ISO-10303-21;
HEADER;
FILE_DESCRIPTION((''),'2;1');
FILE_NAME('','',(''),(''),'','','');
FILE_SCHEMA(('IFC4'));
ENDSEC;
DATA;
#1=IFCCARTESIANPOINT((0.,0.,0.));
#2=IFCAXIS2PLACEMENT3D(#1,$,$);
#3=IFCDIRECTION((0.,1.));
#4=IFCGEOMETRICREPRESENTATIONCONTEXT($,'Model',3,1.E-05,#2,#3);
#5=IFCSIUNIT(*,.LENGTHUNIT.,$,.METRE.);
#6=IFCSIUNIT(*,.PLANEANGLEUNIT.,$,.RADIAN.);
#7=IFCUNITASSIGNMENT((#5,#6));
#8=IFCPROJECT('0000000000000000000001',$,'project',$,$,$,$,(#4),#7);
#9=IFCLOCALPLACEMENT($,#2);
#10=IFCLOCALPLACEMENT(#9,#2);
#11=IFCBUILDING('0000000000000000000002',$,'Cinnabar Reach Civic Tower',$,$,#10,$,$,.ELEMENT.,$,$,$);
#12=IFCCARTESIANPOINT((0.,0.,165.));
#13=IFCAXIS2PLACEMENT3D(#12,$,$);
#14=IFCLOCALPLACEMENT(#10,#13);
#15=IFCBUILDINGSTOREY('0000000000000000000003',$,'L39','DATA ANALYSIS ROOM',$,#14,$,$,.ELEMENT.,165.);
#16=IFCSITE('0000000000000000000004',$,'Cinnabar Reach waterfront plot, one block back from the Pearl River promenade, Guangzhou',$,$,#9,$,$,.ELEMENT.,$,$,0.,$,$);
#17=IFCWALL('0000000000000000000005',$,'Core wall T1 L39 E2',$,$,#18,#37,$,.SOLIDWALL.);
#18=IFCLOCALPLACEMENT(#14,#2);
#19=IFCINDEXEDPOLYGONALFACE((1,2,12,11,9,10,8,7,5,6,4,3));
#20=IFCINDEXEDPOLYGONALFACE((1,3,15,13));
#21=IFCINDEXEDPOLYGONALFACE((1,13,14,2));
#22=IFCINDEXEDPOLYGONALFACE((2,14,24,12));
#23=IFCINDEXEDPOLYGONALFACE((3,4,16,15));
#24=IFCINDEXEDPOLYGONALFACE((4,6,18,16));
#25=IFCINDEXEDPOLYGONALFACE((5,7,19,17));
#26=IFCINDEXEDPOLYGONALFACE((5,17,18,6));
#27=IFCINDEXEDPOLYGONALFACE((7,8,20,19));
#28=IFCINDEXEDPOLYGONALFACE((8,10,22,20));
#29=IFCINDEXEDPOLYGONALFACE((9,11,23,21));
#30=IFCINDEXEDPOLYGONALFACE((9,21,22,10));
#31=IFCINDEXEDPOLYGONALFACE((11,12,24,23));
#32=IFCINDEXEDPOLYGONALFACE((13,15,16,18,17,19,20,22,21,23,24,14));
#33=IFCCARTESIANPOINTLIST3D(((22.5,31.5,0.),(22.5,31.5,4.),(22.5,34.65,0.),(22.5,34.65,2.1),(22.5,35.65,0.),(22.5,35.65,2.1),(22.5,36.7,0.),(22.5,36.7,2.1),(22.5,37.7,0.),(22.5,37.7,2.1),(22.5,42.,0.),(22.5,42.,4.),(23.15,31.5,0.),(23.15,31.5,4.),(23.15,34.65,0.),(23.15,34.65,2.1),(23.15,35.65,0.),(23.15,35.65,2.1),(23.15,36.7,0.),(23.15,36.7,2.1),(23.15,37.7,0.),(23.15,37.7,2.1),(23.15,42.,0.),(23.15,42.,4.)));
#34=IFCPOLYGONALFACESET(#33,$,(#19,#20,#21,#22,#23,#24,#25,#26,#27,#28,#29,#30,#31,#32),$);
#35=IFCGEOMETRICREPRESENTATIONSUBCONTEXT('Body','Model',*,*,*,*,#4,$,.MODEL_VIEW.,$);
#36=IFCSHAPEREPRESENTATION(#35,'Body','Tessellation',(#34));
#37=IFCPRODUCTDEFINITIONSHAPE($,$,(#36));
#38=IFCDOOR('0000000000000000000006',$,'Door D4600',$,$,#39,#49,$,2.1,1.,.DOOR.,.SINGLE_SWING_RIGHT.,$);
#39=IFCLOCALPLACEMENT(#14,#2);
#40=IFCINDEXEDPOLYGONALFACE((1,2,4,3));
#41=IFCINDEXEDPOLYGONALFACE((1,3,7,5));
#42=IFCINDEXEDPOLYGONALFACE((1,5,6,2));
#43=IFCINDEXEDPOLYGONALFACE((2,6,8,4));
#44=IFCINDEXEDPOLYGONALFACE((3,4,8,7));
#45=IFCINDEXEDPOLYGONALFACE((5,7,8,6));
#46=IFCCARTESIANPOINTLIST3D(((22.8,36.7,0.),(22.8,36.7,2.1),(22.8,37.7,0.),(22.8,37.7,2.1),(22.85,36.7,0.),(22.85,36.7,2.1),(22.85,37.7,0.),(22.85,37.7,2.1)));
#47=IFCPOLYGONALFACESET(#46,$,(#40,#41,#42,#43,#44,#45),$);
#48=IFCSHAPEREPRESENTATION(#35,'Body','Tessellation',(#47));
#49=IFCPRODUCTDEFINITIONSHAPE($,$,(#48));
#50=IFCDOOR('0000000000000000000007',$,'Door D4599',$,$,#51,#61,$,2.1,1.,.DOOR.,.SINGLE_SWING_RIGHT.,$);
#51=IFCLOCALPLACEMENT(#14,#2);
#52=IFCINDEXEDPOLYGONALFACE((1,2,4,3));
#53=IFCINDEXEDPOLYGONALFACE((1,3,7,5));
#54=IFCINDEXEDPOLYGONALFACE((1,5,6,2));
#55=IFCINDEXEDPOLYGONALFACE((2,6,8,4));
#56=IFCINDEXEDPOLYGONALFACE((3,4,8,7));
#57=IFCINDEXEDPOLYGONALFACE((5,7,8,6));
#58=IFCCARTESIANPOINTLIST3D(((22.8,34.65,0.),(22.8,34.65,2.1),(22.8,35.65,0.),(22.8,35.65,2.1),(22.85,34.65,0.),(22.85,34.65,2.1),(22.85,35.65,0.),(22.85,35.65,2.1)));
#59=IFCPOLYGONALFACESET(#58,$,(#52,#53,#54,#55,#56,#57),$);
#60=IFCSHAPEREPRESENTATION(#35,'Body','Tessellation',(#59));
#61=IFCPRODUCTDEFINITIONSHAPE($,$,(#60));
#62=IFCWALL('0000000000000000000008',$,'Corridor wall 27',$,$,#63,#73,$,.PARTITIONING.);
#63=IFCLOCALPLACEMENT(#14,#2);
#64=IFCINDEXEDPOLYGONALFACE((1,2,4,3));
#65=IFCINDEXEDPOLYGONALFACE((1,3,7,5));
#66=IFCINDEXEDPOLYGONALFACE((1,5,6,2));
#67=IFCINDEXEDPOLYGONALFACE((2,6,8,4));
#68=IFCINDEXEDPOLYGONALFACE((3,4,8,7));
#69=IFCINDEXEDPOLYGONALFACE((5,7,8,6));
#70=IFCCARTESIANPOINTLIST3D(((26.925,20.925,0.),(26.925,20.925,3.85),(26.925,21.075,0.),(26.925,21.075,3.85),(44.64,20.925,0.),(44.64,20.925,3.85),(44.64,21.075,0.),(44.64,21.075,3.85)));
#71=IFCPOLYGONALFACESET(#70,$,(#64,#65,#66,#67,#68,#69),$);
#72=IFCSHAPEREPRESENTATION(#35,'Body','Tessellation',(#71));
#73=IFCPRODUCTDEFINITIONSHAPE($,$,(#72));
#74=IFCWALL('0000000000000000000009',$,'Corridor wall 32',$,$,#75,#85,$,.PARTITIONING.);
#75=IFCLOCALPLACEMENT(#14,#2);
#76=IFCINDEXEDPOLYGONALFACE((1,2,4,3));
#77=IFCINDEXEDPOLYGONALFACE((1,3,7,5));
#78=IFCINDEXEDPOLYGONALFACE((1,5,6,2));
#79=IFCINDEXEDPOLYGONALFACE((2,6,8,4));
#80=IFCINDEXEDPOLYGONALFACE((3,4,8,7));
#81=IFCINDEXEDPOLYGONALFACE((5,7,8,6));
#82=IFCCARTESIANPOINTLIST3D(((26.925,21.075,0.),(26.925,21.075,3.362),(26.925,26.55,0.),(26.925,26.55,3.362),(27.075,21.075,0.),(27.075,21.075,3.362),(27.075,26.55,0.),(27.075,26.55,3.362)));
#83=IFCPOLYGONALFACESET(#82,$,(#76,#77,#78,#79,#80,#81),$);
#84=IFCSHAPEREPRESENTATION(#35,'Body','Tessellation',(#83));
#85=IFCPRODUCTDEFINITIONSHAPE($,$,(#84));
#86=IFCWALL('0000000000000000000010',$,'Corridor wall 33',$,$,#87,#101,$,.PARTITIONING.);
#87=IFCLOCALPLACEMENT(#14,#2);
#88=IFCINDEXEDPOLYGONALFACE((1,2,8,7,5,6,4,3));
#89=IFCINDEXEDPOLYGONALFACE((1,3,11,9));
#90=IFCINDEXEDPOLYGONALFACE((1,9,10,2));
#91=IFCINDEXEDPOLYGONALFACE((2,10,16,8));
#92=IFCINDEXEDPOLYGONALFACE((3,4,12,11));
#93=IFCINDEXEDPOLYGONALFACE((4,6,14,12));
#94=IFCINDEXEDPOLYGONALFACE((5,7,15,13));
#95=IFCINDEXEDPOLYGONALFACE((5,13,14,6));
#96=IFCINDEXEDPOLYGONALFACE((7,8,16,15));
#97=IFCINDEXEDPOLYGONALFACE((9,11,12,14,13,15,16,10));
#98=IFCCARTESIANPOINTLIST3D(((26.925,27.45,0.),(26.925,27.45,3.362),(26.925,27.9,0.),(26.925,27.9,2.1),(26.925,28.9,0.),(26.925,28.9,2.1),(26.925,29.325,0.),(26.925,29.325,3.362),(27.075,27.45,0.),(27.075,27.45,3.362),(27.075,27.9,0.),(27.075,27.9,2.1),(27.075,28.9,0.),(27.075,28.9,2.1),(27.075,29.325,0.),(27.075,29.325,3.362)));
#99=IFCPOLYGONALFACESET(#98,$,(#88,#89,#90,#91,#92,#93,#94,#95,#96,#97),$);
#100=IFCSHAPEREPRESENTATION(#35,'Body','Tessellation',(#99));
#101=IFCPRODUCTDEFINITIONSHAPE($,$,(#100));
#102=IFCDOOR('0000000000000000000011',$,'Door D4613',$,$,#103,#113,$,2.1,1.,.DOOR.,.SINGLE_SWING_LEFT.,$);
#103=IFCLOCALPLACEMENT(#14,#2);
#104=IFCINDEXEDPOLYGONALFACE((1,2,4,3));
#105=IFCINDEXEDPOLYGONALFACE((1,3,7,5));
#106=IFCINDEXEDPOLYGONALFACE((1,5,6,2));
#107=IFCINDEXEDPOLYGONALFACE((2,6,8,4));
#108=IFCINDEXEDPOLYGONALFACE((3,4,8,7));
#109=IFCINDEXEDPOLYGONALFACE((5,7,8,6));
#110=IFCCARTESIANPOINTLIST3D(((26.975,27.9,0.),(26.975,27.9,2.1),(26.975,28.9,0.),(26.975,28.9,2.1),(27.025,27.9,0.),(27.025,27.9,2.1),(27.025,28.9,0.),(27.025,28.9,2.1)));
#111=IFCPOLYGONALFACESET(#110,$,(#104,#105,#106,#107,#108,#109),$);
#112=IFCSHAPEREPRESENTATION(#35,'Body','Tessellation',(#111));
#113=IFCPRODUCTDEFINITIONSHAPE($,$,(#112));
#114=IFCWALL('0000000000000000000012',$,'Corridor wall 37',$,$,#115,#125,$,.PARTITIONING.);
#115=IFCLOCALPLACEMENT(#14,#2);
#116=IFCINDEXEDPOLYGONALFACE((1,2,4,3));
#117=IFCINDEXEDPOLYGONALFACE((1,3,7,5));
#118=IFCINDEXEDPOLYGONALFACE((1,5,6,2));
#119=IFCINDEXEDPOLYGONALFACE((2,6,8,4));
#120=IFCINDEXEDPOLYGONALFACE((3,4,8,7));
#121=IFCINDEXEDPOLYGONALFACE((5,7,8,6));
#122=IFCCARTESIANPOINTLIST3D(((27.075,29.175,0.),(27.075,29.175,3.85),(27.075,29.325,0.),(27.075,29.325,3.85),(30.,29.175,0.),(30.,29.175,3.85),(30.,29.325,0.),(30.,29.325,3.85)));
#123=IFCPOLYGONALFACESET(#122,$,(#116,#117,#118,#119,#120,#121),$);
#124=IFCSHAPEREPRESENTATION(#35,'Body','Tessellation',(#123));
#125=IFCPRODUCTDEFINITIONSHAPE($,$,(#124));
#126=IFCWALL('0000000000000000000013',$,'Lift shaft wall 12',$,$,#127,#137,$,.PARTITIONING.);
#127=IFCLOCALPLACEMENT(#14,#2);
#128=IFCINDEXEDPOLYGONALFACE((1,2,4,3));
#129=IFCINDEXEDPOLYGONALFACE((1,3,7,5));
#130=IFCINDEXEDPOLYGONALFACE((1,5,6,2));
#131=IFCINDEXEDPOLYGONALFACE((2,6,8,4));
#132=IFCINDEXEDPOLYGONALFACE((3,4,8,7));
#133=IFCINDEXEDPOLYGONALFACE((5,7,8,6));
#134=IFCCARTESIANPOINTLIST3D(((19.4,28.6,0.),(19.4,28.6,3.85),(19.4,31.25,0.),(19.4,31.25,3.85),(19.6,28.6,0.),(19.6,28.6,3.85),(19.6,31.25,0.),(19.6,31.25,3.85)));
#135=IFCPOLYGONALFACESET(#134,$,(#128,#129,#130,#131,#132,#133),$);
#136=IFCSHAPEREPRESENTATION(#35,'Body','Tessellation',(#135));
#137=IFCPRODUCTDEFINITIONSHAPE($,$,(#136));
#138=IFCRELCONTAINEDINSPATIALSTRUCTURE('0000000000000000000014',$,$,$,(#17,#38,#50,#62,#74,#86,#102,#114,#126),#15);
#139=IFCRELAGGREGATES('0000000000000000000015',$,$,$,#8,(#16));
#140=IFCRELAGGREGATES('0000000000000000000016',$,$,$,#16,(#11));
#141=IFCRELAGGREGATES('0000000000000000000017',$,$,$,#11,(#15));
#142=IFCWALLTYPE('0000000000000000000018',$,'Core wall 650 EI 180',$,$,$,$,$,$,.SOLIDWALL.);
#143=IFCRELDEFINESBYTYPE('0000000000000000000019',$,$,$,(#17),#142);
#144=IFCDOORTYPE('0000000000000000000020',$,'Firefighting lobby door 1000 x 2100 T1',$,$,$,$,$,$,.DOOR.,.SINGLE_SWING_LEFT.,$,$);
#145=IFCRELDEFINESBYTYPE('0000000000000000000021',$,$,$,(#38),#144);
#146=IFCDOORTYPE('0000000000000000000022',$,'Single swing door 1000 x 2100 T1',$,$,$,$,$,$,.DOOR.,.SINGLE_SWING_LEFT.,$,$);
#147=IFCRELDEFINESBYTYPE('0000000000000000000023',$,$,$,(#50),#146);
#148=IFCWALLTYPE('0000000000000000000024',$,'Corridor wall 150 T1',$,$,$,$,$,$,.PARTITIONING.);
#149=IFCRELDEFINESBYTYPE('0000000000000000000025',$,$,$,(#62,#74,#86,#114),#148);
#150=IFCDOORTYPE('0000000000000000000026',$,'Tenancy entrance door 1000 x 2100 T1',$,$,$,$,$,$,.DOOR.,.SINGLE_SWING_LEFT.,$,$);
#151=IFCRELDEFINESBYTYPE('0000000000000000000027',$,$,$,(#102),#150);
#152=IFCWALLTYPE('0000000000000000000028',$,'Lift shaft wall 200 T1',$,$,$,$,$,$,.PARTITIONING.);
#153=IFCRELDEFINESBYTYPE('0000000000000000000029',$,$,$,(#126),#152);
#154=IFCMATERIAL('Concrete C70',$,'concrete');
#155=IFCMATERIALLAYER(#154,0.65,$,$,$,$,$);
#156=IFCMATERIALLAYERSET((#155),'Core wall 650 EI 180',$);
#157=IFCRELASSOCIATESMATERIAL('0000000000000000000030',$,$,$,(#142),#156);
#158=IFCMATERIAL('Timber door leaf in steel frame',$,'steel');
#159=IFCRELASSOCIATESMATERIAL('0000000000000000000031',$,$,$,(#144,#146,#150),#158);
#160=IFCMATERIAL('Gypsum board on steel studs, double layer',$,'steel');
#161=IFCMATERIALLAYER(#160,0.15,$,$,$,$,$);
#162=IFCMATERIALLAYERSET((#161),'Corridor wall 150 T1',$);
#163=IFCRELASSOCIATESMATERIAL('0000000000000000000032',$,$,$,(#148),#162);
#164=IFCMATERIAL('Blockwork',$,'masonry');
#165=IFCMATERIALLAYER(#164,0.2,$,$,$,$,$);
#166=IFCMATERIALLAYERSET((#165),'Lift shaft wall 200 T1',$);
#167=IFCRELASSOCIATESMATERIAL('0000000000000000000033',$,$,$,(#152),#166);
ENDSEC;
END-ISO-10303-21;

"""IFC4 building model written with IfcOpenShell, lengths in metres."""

from ifc_helpers import new_model, si_unit, direction, frame, frame_2d, origin, place, context, subcontext, project, spatial, rectangle, extrude, material, layer, layer_set, type_object, element, fill, save


model = new_model("IFC4")

# Units and contexts
model_context = context("Model", 3, precision=1e-05, world=origin(), true_north=direction((0.0, 1.0)))
body_context = subcontext(model_context, "Body", "Model", "MODEL_VIEW")
ifc_project = project(units=[si_unit("LENGTHUNIT", "METRE"), si_unit("PLANEANGLEUNIT", "RADIAN")], contexts=[model_context])

# Site, building, storey
site_placement = place(None, origin())
site = spatial("IfcSite", under=ifc_project, at=site_placement, Name="Cinnabar Reach waterfront plot, one block back from the Pearl River promenade, Guangzhou", CompositionType="ELEMENT", RefElevation=0.0)
building_placement = place(site_placement, origin())
building = spatial("IfcBuilding", under=site, at=building_placement, Name="Cinnabar Reach Civic Tower", CompositionType="ELEMENT")
storey_placement = place(building_placement, frame((0.0, 0.0, 165.0)))
storey = spatial("IfcBuildingStorey", under=building, at=storey_placement, Name="L39", Description="DATA ANALYSIS ROOM", CompositionType="ELEMENT", Elevation=165.0)

# Shared definitions
ifc_material_1 = material(Name="Concrete C70", Category="concrete")

# Wall, openings, doors
ifc_layer_1 = layer(ifc_material_1, 0.65)
ifc_layer_set_1 = layer_set([ifc_layer_1], Name="Core wall 650 EI 180")
wall_type_1 = type_object("IfcWallType", Name="Core wall 650 EI 180", PredefinedType="SOLIDWALL", material=ifc_layer_set_1)
wall_1_placement = place(storey_placement, frame((22.825, 31.5, 0.0), z_axis=(0.0, 0.0, 1.0), x_axis=(0.0, 1.0, 0.0)))
wall_1 = element("IfcWall", 1, at=wall_1_placement, inside=storey, type_object=wall_type_1, Name="Core wall T1 L39 E2", PredefinedType="SOLIDWALL", context=body_context, shape_type="SweptSolid", body=[
    extrude(rectangle(XDim=10.5, YDim=0.65, at=frame_2d((5.25, 0.0))), origin(), (0.0, 0.0, 1.0), 4.0),
])
opening_1_placement = place(wall_1_placement, frame((3.15, 0.0, 0.0)))
opening_1 = element("IfcOpeningElement", 2, at=opening_1_placement, cuts=wall_1, PredefinedType="OPENING", context=body_context, shape_type="SweptSolid", body=[
    extrude(rectangle(XDim=1.0, YDim=2.1, at=frame_2d((0.5, 1.05))), frame((0.0, 0.335, 0.0), z_axis=(0.0, -1.0, 0.0), x_axis=(1.0, 0.0, 0.0)), (0.0, 0.0, 1.0), 0.67),
])
opening_2_placement = place(wall_1_placement, frame((5.2, 0.0, 0.0)))
opening_2 = element("IfcOpeningElement", 3, at=opening_2_placement, cuts=wall_1, PredefinedType="OPENING", context=body_context, shape_type="SweptSolid", body=[
    extrude(rectangle(XDim=1.0, YDim=2.1, at=frame_2d((0.5, 1.05))), frame((0.0, 0.335, 0.0), z_axis=(0.0, -1.0, 0.0), x_axis=(1.0, 0.0, 0.0)), (0.0, 0.0, 1.0), 0.67),
])
ifc_material_2 = material(Name="Timber door leaf in steel frame", Category="steel")
door_type_1 = type_object("IfcDoorType", Name="Firefighting lobby door 1000 x 2100 T1", OperationType="SINGLE_SWING_LEFT", PredefinedType="DOOR", material=ifc_material_2)
door_1_placement = place(opening_2_placement, origin())
door_1 = element("IfcDoor", 4, at=door_1_placement, inside=storey, type_object=door_type_1, Name="Door D4600", OperationType="SINGLE_SWING_RIGHT", OverallHeight=2.1, OverallWidth=1.0, PredefinedType="DOOR", context=body_context, shape_type="SweptSolid", body=[
    extrude(rectangle(XDim=1.0, YDim=2.1, at=frame_2d((0.5, 1.05))), frame((0.0, 0.025, 0.0), z_axis=(0.0, -1.0, 0.0), x_axis=(1.0, 0.0, 0.0)), (0.0, 0.0, 1.0), 0.05),
])
fill(opening_2, door_1)
door_type_2 = type_object("IfcDoorType", Name="Single swing door 1000 x 2100 T1", OperationType="SINGLE_SWING_LEFT", PredefinedType="DOOR", material=ifc_material_2)
door_2_placement = place(opening_1_placement, origin())
door_2 = element("IfcDoor", 5, at=door_2_placement, inside=storey, type_object=door_type_2, Name="Door D4599", OperationType="SINGLE_SWING_RIGHT", OverallHeight=2.1, OverallWidth=1.0, PredefinedType="DOOR", context=body_context, shape_type="SweptSolid", body=[
    extrude(rectangle(XDim=1.0, YDim=2.1, at=frame_2d((0.5, 1.05))), frame((0.0, 0.025, 0.0), z_axis=(0.0, -1.0, 0.0), x_axis=(1.0, 0.0, 0.0)), (0.0, 0.0, 1.0), 0.05),
])
fill(opening_1, door_2)

# Walls
ifc_material_3 = material(Name="Gypsum board on steel studs, double layer", Category="steel")
ifc_layer_2 = layer(ifc_material_3, 0.15)
ifc_layer_set_2 = layer_set([ifc_layer_2], Name="Corridor wall 150 T1")
wall_type_2 = type_object("IfcWallType", Name="Corridor wall 150 T1", PredefinedType="PARTITIONING", material=ifc_layer_set_2)
wall_2_placement = place(storey_placement, frame((26.925, 21.0, 0.0), z_axis=(0.0, 0.0, 1.0), x_axis=(1.0, 0.0, 0.0)))
element("IfcWall", 6, at=wall_2_placement, inside=storey, type_object=wall_type_2, Name="Corridor wall 27", PredefinedType="PARTITIONING", context=body_context, shape_type="SweptSolid", body=[
    extrude(rectangle(XDim=17.715, YDim=0.15, at=frame_2d((8.8575, 0.0))), origin(), (0.0, 0.0, 1.0), 3.85),
])
wall_3_placement = place(storey_placement, frame((27.0, 21.075, 0.0), z_axis=(0.0, 0.0, 1.0), x_axis=(0.0, 1.0, 0.0)))
element("IfcWall", 7, at=wall_3_placement, inside=storey, type_object=wall_type_2, Name="Corridor wall 32", PredefinedType="PARTITIONING", context=body_context, shape_type="SweptSolid", body=[
    extrude(rectangle(XDim=5.475, YDim=0.15, at=frame_2d((2.7375, 0.0))), origin(), (0.0, 0.0, 1.0), 3.362),
])

# Wall, opening, door
wall_4_placement = place(storey_placement, frame((27.0, 27.45, 0.0), z_axis=(0.0, 0.0, 1.0), x_axis=(0.0, 1.0, 0.0)))
wall_4 = element("IfcWall", 8, at=wall_4_placement, inside=storey, type_object=wall_type_2, Name="Corridor wall 33", PredefinedType="PARTITIONING", context=body_context, shape_type="SweptSolid", body=[
    extrude(rectangle(XDim=1.875, YDim=0.15, at=frame_2d((0.9375, 0.0))), origin(), (0.0, 0.0, 1.0), 3.362),
])
opening_3_placement = place(wall_4_placement, frame((0.45, 0.0, 0.0)))
opening_3 = element("IfcOpeningElement", 9, at=opening_3_placement, cuts=wall_4, PredefinedType="OPENING", context=body_context, shape_type="SweptSolid", body=[
    extrude(rectangle(XDim=1.0, YDim=2.1, at=frame_2d((0.5, 1.05))), frame((0.0, 0.085, 0.0), z_axis=(0.0, -1.0, 0.0), x_axis=(1.0, 0.0, 0.0)), (0.0, 0.0, 1.0), 0.17),
])
door_type_3 = type_object("IfcDoorType", Name="Tenancy entrance door 1000 x 2100 T1", OperationType="SINGLE_SWING_LEFT", PredefinedType="DOOR", material=ifc_material_2)
door_3_placement = place(opening_3_placement, frame((1.0, 0.0, 0.0), z_axis=(0.0, 0.0, 1.0), x_axis=(-1.0, 0.0, 0.0)))
door_3 = element("IfcDoor", 10, at=door_3_placement, inside=storey, type_object=door_type_3, Name="Door D4613", OperationType="SINGLE_SWING_LEFT", OverallHeight=2.1, OverallWidth=1.0, PredefinedType="DOOR", context=body_context, shape_type="SweptSolid", body=[
    extrude(rectangle(XDim=1.0, YDim=2.1, at=frame_2d((0.5, 1.05))), frame((0.0, 0.025, 0.0), z_axis=(0.0, -1.0, 0.0), x_axis=(1.0, 0.0, 0.0)), (0.0, 0.0, 1.0), 0.05),
])
fill(opening_3, door_3)

# Walls
wall_5_placement = place(storey_placement, frame((27.075, 29.25, 0.0), z_axis=(0.0, 0.0, 1.0), x_axis=(1.0, 0.0, 0.0)))
element("IfcWall", 11, at=wall_5_placement, inside=storey, type_object=wall_type_2, Name="Corridor wall 37", PredefinedType="PARTITIONING", context=body_context, shape_type="SweptSolid", body=[
    extrude(rectangle(XDim=2.925, YDim=0.15, at=frame_2d((1.4625, 0.0))), origin(), (0.0, 0.0, 1.0), 3.85),
])
ifc_material_4 = material(Name="Blockwork", Category="masonry")
ifc_layer_3 = layer(ifc_material_4, 0.2)
ifc_layer_set_3 = layer_set([ifc_layer_3], Name="Lift shaft wall 200 T1")
wall_type_3 = type_object("IfcWallType", Name="Lift shaft wall 200 T1", PredefinedType="PARTITIONING", material=ifc_layer_set_3)
wall_6_placement = place(storey_placement, frame((19.5, 28.6, 0.0), z_axis=(0.0, 0.0, 1.0), x_axis=(0.0, 1.0, 0.0)))
element("IfcWall", 12, at=wall_6_placement, inside=storey, type_object=wall_type_3, Name="Lift shaft wall 12", PredefinedType="PARTITIONING", context=body_context, shape_type="SweptSolid", body=[
    extrude(rectangle(XDim=2.65, YDim=0.2, at=frame_2d((1.325, 0.0))), origin(), (0.0, 0.0, 1.0), 3.85),
])

save(model, "model.ifc")
